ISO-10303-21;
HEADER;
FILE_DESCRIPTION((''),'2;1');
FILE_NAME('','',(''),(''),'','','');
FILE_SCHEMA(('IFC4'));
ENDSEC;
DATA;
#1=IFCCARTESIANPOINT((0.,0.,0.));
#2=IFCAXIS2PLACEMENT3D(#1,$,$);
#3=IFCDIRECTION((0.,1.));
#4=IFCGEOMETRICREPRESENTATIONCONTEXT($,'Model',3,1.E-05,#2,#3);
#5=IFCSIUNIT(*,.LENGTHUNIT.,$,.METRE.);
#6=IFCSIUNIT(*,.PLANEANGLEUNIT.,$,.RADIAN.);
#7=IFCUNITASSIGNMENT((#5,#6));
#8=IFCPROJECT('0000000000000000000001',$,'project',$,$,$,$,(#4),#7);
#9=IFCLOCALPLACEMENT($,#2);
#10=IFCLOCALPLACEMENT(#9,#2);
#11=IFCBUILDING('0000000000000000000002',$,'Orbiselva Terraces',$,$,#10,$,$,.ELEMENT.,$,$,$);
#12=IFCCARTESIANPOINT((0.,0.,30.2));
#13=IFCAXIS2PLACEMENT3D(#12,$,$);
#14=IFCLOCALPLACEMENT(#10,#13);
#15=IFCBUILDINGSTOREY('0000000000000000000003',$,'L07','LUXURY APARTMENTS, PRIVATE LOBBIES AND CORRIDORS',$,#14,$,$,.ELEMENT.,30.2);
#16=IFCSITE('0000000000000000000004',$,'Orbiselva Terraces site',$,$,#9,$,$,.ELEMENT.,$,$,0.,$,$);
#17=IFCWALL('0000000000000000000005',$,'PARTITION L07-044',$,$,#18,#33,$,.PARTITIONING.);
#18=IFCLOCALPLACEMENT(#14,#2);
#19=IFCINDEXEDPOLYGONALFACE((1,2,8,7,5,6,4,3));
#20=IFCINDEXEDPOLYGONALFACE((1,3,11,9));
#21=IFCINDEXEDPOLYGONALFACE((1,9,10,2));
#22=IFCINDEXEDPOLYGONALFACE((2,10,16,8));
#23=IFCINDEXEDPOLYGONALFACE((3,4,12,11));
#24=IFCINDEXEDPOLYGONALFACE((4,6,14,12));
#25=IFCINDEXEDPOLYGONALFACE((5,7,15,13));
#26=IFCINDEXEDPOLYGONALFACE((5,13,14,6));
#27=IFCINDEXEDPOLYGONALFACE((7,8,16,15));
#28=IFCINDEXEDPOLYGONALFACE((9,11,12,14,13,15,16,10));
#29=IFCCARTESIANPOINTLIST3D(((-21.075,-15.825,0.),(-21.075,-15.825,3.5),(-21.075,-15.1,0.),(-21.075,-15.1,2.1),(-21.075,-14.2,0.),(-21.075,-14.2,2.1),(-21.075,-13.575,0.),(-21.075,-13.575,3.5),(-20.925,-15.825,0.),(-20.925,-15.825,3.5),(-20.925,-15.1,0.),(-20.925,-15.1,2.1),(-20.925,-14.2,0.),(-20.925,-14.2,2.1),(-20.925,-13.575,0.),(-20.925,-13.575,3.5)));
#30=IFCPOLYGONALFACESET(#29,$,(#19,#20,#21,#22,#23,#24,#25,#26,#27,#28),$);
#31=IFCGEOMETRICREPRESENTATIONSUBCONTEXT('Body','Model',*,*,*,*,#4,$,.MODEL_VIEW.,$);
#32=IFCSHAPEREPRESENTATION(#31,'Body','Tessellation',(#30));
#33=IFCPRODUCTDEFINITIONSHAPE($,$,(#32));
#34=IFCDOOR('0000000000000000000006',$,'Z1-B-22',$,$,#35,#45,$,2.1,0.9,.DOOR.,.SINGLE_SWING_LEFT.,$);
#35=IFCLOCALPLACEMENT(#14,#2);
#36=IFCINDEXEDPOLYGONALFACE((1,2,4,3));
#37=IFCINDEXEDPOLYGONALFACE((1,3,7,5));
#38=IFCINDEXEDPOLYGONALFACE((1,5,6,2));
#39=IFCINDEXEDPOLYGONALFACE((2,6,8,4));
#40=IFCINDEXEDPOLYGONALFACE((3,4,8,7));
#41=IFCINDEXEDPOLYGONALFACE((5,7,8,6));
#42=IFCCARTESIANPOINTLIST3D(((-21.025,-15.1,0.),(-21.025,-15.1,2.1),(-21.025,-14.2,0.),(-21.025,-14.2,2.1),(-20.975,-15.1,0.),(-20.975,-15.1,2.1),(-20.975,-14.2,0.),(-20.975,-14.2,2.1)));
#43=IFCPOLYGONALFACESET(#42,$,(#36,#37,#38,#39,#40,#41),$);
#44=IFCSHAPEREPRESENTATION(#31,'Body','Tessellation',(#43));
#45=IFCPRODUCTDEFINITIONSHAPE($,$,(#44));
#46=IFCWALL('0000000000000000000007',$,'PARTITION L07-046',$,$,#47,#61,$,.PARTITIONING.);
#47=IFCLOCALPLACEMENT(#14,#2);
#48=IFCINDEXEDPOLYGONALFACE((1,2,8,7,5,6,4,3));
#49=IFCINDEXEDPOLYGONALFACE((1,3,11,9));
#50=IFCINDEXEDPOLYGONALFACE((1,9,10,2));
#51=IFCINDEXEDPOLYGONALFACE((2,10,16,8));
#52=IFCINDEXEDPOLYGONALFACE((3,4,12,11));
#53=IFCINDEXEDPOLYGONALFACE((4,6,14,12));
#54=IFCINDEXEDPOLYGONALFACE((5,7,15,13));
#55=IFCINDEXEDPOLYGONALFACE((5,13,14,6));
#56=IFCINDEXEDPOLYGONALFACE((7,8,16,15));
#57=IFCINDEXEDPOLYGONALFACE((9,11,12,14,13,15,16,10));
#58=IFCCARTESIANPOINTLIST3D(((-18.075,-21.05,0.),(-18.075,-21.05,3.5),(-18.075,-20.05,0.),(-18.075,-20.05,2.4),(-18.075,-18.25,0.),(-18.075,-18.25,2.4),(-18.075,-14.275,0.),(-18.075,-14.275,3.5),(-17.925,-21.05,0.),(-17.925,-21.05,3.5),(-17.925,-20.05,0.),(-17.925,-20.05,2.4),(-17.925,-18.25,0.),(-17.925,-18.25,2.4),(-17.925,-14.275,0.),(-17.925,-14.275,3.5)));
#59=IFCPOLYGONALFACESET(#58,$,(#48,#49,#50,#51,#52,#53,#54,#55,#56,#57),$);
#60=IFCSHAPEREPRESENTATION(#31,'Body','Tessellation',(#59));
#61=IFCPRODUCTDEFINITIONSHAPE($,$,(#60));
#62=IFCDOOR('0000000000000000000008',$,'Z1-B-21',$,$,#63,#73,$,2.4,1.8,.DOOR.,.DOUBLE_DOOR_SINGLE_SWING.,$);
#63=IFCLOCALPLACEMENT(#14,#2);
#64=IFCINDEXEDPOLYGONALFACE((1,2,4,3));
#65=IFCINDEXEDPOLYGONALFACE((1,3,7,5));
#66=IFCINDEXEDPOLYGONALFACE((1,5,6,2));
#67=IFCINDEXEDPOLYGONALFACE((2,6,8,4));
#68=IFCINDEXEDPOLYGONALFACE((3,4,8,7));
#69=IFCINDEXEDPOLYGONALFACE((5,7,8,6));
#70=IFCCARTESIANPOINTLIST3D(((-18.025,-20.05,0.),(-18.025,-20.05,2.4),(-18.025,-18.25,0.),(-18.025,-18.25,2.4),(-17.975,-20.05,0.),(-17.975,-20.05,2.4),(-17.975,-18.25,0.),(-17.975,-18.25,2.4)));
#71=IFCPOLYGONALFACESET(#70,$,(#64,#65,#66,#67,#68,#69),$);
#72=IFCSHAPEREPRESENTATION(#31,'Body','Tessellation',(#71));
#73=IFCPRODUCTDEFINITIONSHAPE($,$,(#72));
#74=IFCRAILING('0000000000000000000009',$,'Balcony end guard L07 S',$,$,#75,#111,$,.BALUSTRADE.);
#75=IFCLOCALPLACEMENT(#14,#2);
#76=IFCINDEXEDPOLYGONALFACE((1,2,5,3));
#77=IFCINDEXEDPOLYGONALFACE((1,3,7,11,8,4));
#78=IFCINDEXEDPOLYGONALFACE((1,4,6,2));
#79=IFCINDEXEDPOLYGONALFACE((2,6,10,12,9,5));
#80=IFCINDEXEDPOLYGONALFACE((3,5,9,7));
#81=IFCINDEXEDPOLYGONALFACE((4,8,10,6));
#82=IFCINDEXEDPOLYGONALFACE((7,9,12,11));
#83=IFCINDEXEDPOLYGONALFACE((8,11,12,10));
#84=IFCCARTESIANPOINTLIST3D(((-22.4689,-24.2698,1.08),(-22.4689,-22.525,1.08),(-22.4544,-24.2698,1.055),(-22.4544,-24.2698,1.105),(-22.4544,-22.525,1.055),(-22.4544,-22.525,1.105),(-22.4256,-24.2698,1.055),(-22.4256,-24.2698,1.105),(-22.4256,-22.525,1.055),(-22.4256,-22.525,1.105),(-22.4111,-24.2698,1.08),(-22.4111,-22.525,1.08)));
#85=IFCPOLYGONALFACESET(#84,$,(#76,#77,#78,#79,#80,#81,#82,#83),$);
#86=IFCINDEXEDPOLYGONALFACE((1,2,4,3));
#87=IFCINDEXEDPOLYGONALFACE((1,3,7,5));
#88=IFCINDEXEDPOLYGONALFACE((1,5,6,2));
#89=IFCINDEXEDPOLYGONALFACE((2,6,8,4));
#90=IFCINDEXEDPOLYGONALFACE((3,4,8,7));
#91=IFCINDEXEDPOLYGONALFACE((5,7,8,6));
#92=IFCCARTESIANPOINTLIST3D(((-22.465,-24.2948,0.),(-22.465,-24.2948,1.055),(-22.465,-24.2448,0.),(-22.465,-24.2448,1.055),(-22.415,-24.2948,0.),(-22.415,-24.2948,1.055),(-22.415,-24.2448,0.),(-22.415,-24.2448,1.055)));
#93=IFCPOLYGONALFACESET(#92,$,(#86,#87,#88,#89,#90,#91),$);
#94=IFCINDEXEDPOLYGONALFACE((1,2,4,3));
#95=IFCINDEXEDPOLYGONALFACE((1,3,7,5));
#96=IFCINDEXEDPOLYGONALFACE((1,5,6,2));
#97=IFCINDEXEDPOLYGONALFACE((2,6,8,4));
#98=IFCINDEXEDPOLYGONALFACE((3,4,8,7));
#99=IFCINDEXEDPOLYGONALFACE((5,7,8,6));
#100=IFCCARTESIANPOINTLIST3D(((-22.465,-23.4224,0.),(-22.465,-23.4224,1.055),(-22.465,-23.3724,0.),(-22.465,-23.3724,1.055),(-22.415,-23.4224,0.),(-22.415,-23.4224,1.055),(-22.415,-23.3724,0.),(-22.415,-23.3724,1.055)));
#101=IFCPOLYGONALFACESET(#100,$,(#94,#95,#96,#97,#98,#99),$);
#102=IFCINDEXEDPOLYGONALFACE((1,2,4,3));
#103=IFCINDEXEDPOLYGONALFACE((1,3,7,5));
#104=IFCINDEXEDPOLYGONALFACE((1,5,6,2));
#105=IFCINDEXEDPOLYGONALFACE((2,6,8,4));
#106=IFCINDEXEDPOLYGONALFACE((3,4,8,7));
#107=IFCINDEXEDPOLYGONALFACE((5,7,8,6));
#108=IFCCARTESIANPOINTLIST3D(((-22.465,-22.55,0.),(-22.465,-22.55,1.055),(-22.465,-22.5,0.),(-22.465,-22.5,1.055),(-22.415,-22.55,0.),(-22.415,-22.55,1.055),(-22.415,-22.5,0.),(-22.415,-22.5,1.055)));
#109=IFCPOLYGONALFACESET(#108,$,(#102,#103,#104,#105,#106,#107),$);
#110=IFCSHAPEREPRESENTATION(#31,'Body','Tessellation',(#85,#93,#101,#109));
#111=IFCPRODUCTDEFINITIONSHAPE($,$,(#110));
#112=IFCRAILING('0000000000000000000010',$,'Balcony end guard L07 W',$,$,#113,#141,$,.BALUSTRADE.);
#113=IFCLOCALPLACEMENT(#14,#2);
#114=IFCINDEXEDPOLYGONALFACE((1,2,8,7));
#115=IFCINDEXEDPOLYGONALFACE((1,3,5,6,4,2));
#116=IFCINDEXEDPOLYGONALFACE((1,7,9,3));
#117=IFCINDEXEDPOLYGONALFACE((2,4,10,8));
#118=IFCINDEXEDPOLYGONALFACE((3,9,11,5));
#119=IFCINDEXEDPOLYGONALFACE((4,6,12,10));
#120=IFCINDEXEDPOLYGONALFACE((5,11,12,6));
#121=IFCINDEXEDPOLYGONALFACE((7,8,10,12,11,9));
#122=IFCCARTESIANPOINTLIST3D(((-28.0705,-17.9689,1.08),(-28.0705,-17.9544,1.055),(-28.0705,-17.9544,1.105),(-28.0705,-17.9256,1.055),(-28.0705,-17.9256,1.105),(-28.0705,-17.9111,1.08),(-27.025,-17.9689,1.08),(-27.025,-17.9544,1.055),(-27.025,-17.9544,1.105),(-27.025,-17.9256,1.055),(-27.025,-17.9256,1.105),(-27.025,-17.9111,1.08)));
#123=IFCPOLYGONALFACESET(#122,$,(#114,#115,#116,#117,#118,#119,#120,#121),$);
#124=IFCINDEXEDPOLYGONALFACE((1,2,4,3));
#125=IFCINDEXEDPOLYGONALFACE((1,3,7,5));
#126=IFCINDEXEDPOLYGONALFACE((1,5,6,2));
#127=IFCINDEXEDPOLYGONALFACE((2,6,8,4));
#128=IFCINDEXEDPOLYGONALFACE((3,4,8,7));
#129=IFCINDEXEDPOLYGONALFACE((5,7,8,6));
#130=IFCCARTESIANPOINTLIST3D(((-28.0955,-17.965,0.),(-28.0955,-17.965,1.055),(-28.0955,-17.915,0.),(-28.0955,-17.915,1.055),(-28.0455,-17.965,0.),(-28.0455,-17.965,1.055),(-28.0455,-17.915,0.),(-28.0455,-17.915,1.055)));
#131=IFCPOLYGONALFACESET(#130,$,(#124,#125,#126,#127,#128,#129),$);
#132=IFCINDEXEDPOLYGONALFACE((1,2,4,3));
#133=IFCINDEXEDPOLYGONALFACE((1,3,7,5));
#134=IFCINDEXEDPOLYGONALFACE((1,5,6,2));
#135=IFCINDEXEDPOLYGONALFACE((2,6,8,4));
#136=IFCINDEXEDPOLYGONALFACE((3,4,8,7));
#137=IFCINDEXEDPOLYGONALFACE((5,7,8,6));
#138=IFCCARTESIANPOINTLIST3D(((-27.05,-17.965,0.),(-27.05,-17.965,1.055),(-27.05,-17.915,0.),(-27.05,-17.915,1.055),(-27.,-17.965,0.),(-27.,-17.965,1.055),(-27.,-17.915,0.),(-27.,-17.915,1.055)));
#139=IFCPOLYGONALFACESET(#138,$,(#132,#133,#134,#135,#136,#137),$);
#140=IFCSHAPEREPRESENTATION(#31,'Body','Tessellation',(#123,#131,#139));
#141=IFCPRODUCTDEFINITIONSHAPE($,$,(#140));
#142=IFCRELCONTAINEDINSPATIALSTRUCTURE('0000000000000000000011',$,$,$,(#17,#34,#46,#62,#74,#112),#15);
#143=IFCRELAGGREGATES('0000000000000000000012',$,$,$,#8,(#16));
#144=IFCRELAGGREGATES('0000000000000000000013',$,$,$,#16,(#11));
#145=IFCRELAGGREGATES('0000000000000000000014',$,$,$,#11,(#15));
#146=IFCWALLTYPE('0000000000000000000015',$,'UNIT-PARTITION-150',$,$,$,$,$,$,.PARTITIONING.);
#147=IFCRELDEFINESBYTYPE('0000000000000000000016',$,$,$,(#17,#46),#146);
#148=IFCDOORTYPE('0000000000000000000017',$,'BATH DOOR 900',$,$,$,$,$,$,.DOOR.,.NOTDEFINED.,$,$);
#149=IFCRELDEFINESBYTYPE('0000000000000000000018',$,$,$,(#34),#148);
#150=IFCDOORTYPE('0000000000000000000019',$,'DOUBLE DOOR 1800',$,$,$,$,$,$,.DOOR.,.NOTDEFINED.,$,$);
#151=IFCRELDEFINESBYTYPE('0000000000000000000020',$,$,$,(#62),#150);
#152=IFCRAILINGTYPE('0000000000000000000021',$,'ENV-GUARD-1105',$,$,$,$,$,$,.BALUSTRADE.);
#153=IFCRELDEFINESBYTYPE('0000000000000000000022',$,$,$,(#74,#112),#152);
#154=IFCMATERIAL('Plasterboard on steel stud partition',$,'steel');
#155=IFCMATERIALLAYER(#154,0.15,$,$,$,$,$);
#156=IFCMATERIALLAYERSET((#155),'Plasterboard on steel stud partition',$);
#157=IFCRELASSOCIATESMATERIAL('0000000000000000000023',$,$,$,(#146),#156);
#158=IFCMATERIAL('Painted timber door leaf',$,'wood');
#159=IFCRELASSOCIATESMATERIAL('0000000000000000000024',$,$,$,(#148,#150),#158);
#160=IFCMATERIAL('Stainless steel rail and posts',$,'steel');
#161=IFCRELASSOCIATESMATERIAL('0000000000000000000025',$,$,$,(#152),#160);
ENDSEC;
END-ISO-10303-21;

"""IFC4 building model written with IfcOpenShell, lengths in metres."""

from ifc_helpers import new_model, si_unit, direction, frame, frame_2d, origin, origin_2d, place, context, subcontext, project, spatial, polyline, rectangle, outline, extrude, material, layer, layer_set, type_object, element, fill, save


model = new_model("IFC4")

# Units and contexts
model_context = context("Model", 3, precision=1e-05, world=origin(), true_north=direction((0.0, 1.0)))
body_context = subcontext(model_context, "Body", "Model", "MODEL_VIEW")
ifc_project = project(units=[si_unit("LENGTHUNIT", "METRE"), si_unit("PLANEANGLEUNIT", "RADIAN")], contexts=[model_context])

# Site, building, storey
site_placement = place(None, origin())
site = spatial("IfcSite", under=ifc_project, at=site_placement, Name="Orbiselva Terraces site", CompositionType="ELEMENT", RefElevation=0.0)
building_placement = place(site_placement, origin())
building = spatial("IfcBuilding", under=site, at=building_placement, Name="Orbiselva Terraces", CompositionType="ELEMENT")
storey_placement = place(building_placement, frame((0.0, 0.0, 30.2)))
storey = spatial("IfcBuildingStorey", under=building, at=storey_placement, Name="L07", Description="LUXURY APARTMENTS, PRIVATE LOBBIES AND CORRIDORS", CompositionType="ELEMENT", Elevation=30.2)

# Shared definitions
ifc_material_1 = material(Name="Plasterboard on steel stud partition", Category="steel")
ifc_layer_1 = layer(ifc_material_1, 0.15)
ifc_layer_set_1 = layer_set([ifc_layer_1], Name="Plasterboard on steel stud partition")
wall_type_1 = type_object("IfcWallType", Name="UNIT-PARTITION-150", PredefinedType="PARTITIONING", material=ifc_layer_set_1)

# Walls, openings, doors
wall_1_placement = place(storey_placement, frame((-21.0, -13.575, 0.0), z_axis=(0.0, 0.0, 1.0), x_axis=(0.0, -1.0, 0.0)))
wall_1 = element("IfcWall", 1, at=wall_1_placement, inside=storey, type_object=wall_type_1, Name="PARTITION L07-044", PredefinedType="PARTITIONING", context=body_context, shape_type="SweptSolid", body=[
    extrude(rectangle(XDim=2.25, YDim=0.15, at=frame_2d((1.125, 0.0))), origin(), (0.0, 0.0, 1.0), 3.5),
])
opening_1_placement = place(wall_1_placement, frame((0.625, 0.0, 0.0)))
opening_1 = element("IfcOpeningElement", 2, at=opening_1_placement, cuts=wall_1, PredefinedType="OPENING", context=body_context, shape_type="SweptSolid", body=[
    extrude(rectangle(XDim=0.9, YDim=2.1, at=frame_2d((0.45, 1.05))), frame((0.0, 0.085, 0.0), z_axis=(0.0, -1.0, 0.0), x_axis=(1.0, 0.0, 0.0)), (0.0, 0.0, 1.0), 0.17),
])
ifc_material_2 = material(Name="Painted timber door leaf", Category="wood")
door_type_1 = type_object("IfcDoorType", Name="BATH DOOR 900", OperationType="NOTDEFINED", PredefinedType="DOOR", material=ifc_material_2)
door_1_placement = place(opening_1_placement, origin())
door_1 = element("IfcDoor", 3, at=door_1_placement, inside=storey, type_object=door_type_1, Name="Z1-B-22", OperationType="SINGLE_SWING_LEFT", OverallHeight=2.1, OverallWidth=0.9, PredefinedType="DOOR", context=body_context, shape_type="SweptSolid", body=[
    extrude(rectangle(XDim=0.9, YDim=2.1, at=frame_2d((0.45, 1.05))), frame((0.0, 0.025, 0.0), z_axis=(0.0, -1.0, 0.0), x_axis=(1.0, 0.0, 0.0)), (0.0, 0.0, 1.0), 0.05),
])
fill(opening_1, door_1)
wall_2_placement = place(storey_placement, frame((-18.0, -21.05, 0.0), z_axis=(0.0, 0.0, 1.0), x_axis=(0.0, 1.0, 0.0)))
wall_2 = element("IfcWall", 4, at=wall_2_placement, inside=storey, type_object=wall_type_1, Name="PARTITION L07-046", PredefinedType="PARTITIONING", context=body_context, shape_type="SweptSolid", body=[
    extrude(rectangle(XDim=6.775, YDim=0.15, at=frame_2d((3.3875, 0.0))), origin(), (0.0, 0.0, 1.0), 3.5),
])
opening_2_placement = place(wall_2_placement, frame((1.0, 0.0, 0.0)))
opening_2 = element("IfcOpeningElement", 5, at=opening_2_placement, cuts=wall_2, PredefinedType="OPENING", context=body_context, shape_type="SweptSolid", body=[
    extrude(rectangle(XDim=1.8, YDim=2.4, at=frame_2d((0.9, 1.2))), frame((0.0, 0.085, 0.0), z_axis=(0.0, -1.0, 0.0), x_axis=(1.0, 0.0, 0.0)), (0.0, 0.0, 1.0), 0.17),
])
door_type_2 = type_object("IfcDoorType", Name="DOUBLE DOOR 1800", OperationType="NOTDEFINED", PredefinedType="DOOR", material=ifc_material_2)
door_2_placement = place(opening_2_placement, origin())
door_2 = element("IfcDoor", 6, at=door_2_placement, inside=storey, type_object=door_type_2, Name="Z1-B-21", OperationType="DOUBLE_DOOR_SINGLE_SWING", OverallHeight=2.4, OverallWidth=1.8, PredefinedType="DOOR", context=body_context, shape_type="SweptSolid", body=[
    extrude(rectangle(XDim=1.8, YDim=2.4, at=frame_2d((0.9, 1.2))), frame((0.0, 0.025, 0.0), z_axis=(0.0, -1.0, 0.0), x_axis=(1.0, 0.0, 0.0)), (0.0, 0.0, 1.0), 0.05),
])
fill(opening_2, door_2)

# Railings
ifc_material_3 = material(Name="Stainless steel rail and posts", Category="steel")
railing_type_1 = type_object("IfcRailingType", Name="ENV-GUARD-1105", PredefinedType="BALUSTRADE", material=ifc_material_3)
railing_1_placement = place(storey_placement, frame((-22.44, -24.2698, 0.0)))
element("IfcRailing", 7, at=railing_1_placement, inside=storey, type_object=railing_type_1, Name="Balcony end guard L07 S", PredefinedType="BALUSTRADE", context=body_context, shape_type="SweptSolid", body=[
    extrude(outline(polyline([(0.0289, 0.0), (0.0144, 0.025), (-0.0144, 0.025), (-0.0289, 0.0), (-0.0144, -0.025), (0.0144, -0.025), (0.0289, 0.0)])), frame((0.0, 0.0, 1.08), z_axis=(0.0, 1.0, 0.0), x_axis=(-1.0, 0.0, 0.0)), (0.0, 0.0, 1.0), 1.7448),
    extrude(rectangle(XDim=0.05, YDim=0.05, at=origin_2d()), origin(), (0.0, 0.0, 1.0), 1.055),
    extrude(rectangle(XDim=0.05, YDim=0.05, at=origin_2d()), frame((0.0, 0.8724, 0.0)), (0.0, 0.0, 1.0), 1.055),
    extrude(rectangle(XDim=0.05, YDim=0.05, at=origin_2d()), frame((0.0, 1.7448, 0.0)), (0.0, 0.0, 1.0), 1.055),
])
railing_2_placement = place(storey_placement, frame((-28.0705, -17.94, 0.0)))
element("IfcRailing", 8, at=railing_2_placement, inside=storey, type_object=railing_type_1, Name="Balcony end guard L07 W", PredefinedType="BALUSTRADE", context=body_context, shape_type="SweptSolid", body=[
    extrude(outline(polyline([(0.0289, 0.0), (0.0144, 0.025), (-0.0144, 0.025), (-0.0289, 0.0), (-0.0144, -0.025), (0.0144, -0.025), (0.0289, 0.0)])), frame((0.0, 0.0, 1.08), z_axis=(1.0, 0.0, 0.0), x_axis=(0.0, 1.0, 0.0)), (0.0, 0.0, 1.0), 1.0455),
    extrude(rectangle(XDim=0.05, YDim=0.05, at=origin_2d()), origin(), (0.0, 0.0, 1.0), 1.055),
    extrude(rectangle(XDim=0.05, YDim=0.05, at=origin_2d()), frame((1.0455, 0.0, 0.0)), (0.0, 0.0, 1.0), 1.055),
])

save(model, "model.ifc")
